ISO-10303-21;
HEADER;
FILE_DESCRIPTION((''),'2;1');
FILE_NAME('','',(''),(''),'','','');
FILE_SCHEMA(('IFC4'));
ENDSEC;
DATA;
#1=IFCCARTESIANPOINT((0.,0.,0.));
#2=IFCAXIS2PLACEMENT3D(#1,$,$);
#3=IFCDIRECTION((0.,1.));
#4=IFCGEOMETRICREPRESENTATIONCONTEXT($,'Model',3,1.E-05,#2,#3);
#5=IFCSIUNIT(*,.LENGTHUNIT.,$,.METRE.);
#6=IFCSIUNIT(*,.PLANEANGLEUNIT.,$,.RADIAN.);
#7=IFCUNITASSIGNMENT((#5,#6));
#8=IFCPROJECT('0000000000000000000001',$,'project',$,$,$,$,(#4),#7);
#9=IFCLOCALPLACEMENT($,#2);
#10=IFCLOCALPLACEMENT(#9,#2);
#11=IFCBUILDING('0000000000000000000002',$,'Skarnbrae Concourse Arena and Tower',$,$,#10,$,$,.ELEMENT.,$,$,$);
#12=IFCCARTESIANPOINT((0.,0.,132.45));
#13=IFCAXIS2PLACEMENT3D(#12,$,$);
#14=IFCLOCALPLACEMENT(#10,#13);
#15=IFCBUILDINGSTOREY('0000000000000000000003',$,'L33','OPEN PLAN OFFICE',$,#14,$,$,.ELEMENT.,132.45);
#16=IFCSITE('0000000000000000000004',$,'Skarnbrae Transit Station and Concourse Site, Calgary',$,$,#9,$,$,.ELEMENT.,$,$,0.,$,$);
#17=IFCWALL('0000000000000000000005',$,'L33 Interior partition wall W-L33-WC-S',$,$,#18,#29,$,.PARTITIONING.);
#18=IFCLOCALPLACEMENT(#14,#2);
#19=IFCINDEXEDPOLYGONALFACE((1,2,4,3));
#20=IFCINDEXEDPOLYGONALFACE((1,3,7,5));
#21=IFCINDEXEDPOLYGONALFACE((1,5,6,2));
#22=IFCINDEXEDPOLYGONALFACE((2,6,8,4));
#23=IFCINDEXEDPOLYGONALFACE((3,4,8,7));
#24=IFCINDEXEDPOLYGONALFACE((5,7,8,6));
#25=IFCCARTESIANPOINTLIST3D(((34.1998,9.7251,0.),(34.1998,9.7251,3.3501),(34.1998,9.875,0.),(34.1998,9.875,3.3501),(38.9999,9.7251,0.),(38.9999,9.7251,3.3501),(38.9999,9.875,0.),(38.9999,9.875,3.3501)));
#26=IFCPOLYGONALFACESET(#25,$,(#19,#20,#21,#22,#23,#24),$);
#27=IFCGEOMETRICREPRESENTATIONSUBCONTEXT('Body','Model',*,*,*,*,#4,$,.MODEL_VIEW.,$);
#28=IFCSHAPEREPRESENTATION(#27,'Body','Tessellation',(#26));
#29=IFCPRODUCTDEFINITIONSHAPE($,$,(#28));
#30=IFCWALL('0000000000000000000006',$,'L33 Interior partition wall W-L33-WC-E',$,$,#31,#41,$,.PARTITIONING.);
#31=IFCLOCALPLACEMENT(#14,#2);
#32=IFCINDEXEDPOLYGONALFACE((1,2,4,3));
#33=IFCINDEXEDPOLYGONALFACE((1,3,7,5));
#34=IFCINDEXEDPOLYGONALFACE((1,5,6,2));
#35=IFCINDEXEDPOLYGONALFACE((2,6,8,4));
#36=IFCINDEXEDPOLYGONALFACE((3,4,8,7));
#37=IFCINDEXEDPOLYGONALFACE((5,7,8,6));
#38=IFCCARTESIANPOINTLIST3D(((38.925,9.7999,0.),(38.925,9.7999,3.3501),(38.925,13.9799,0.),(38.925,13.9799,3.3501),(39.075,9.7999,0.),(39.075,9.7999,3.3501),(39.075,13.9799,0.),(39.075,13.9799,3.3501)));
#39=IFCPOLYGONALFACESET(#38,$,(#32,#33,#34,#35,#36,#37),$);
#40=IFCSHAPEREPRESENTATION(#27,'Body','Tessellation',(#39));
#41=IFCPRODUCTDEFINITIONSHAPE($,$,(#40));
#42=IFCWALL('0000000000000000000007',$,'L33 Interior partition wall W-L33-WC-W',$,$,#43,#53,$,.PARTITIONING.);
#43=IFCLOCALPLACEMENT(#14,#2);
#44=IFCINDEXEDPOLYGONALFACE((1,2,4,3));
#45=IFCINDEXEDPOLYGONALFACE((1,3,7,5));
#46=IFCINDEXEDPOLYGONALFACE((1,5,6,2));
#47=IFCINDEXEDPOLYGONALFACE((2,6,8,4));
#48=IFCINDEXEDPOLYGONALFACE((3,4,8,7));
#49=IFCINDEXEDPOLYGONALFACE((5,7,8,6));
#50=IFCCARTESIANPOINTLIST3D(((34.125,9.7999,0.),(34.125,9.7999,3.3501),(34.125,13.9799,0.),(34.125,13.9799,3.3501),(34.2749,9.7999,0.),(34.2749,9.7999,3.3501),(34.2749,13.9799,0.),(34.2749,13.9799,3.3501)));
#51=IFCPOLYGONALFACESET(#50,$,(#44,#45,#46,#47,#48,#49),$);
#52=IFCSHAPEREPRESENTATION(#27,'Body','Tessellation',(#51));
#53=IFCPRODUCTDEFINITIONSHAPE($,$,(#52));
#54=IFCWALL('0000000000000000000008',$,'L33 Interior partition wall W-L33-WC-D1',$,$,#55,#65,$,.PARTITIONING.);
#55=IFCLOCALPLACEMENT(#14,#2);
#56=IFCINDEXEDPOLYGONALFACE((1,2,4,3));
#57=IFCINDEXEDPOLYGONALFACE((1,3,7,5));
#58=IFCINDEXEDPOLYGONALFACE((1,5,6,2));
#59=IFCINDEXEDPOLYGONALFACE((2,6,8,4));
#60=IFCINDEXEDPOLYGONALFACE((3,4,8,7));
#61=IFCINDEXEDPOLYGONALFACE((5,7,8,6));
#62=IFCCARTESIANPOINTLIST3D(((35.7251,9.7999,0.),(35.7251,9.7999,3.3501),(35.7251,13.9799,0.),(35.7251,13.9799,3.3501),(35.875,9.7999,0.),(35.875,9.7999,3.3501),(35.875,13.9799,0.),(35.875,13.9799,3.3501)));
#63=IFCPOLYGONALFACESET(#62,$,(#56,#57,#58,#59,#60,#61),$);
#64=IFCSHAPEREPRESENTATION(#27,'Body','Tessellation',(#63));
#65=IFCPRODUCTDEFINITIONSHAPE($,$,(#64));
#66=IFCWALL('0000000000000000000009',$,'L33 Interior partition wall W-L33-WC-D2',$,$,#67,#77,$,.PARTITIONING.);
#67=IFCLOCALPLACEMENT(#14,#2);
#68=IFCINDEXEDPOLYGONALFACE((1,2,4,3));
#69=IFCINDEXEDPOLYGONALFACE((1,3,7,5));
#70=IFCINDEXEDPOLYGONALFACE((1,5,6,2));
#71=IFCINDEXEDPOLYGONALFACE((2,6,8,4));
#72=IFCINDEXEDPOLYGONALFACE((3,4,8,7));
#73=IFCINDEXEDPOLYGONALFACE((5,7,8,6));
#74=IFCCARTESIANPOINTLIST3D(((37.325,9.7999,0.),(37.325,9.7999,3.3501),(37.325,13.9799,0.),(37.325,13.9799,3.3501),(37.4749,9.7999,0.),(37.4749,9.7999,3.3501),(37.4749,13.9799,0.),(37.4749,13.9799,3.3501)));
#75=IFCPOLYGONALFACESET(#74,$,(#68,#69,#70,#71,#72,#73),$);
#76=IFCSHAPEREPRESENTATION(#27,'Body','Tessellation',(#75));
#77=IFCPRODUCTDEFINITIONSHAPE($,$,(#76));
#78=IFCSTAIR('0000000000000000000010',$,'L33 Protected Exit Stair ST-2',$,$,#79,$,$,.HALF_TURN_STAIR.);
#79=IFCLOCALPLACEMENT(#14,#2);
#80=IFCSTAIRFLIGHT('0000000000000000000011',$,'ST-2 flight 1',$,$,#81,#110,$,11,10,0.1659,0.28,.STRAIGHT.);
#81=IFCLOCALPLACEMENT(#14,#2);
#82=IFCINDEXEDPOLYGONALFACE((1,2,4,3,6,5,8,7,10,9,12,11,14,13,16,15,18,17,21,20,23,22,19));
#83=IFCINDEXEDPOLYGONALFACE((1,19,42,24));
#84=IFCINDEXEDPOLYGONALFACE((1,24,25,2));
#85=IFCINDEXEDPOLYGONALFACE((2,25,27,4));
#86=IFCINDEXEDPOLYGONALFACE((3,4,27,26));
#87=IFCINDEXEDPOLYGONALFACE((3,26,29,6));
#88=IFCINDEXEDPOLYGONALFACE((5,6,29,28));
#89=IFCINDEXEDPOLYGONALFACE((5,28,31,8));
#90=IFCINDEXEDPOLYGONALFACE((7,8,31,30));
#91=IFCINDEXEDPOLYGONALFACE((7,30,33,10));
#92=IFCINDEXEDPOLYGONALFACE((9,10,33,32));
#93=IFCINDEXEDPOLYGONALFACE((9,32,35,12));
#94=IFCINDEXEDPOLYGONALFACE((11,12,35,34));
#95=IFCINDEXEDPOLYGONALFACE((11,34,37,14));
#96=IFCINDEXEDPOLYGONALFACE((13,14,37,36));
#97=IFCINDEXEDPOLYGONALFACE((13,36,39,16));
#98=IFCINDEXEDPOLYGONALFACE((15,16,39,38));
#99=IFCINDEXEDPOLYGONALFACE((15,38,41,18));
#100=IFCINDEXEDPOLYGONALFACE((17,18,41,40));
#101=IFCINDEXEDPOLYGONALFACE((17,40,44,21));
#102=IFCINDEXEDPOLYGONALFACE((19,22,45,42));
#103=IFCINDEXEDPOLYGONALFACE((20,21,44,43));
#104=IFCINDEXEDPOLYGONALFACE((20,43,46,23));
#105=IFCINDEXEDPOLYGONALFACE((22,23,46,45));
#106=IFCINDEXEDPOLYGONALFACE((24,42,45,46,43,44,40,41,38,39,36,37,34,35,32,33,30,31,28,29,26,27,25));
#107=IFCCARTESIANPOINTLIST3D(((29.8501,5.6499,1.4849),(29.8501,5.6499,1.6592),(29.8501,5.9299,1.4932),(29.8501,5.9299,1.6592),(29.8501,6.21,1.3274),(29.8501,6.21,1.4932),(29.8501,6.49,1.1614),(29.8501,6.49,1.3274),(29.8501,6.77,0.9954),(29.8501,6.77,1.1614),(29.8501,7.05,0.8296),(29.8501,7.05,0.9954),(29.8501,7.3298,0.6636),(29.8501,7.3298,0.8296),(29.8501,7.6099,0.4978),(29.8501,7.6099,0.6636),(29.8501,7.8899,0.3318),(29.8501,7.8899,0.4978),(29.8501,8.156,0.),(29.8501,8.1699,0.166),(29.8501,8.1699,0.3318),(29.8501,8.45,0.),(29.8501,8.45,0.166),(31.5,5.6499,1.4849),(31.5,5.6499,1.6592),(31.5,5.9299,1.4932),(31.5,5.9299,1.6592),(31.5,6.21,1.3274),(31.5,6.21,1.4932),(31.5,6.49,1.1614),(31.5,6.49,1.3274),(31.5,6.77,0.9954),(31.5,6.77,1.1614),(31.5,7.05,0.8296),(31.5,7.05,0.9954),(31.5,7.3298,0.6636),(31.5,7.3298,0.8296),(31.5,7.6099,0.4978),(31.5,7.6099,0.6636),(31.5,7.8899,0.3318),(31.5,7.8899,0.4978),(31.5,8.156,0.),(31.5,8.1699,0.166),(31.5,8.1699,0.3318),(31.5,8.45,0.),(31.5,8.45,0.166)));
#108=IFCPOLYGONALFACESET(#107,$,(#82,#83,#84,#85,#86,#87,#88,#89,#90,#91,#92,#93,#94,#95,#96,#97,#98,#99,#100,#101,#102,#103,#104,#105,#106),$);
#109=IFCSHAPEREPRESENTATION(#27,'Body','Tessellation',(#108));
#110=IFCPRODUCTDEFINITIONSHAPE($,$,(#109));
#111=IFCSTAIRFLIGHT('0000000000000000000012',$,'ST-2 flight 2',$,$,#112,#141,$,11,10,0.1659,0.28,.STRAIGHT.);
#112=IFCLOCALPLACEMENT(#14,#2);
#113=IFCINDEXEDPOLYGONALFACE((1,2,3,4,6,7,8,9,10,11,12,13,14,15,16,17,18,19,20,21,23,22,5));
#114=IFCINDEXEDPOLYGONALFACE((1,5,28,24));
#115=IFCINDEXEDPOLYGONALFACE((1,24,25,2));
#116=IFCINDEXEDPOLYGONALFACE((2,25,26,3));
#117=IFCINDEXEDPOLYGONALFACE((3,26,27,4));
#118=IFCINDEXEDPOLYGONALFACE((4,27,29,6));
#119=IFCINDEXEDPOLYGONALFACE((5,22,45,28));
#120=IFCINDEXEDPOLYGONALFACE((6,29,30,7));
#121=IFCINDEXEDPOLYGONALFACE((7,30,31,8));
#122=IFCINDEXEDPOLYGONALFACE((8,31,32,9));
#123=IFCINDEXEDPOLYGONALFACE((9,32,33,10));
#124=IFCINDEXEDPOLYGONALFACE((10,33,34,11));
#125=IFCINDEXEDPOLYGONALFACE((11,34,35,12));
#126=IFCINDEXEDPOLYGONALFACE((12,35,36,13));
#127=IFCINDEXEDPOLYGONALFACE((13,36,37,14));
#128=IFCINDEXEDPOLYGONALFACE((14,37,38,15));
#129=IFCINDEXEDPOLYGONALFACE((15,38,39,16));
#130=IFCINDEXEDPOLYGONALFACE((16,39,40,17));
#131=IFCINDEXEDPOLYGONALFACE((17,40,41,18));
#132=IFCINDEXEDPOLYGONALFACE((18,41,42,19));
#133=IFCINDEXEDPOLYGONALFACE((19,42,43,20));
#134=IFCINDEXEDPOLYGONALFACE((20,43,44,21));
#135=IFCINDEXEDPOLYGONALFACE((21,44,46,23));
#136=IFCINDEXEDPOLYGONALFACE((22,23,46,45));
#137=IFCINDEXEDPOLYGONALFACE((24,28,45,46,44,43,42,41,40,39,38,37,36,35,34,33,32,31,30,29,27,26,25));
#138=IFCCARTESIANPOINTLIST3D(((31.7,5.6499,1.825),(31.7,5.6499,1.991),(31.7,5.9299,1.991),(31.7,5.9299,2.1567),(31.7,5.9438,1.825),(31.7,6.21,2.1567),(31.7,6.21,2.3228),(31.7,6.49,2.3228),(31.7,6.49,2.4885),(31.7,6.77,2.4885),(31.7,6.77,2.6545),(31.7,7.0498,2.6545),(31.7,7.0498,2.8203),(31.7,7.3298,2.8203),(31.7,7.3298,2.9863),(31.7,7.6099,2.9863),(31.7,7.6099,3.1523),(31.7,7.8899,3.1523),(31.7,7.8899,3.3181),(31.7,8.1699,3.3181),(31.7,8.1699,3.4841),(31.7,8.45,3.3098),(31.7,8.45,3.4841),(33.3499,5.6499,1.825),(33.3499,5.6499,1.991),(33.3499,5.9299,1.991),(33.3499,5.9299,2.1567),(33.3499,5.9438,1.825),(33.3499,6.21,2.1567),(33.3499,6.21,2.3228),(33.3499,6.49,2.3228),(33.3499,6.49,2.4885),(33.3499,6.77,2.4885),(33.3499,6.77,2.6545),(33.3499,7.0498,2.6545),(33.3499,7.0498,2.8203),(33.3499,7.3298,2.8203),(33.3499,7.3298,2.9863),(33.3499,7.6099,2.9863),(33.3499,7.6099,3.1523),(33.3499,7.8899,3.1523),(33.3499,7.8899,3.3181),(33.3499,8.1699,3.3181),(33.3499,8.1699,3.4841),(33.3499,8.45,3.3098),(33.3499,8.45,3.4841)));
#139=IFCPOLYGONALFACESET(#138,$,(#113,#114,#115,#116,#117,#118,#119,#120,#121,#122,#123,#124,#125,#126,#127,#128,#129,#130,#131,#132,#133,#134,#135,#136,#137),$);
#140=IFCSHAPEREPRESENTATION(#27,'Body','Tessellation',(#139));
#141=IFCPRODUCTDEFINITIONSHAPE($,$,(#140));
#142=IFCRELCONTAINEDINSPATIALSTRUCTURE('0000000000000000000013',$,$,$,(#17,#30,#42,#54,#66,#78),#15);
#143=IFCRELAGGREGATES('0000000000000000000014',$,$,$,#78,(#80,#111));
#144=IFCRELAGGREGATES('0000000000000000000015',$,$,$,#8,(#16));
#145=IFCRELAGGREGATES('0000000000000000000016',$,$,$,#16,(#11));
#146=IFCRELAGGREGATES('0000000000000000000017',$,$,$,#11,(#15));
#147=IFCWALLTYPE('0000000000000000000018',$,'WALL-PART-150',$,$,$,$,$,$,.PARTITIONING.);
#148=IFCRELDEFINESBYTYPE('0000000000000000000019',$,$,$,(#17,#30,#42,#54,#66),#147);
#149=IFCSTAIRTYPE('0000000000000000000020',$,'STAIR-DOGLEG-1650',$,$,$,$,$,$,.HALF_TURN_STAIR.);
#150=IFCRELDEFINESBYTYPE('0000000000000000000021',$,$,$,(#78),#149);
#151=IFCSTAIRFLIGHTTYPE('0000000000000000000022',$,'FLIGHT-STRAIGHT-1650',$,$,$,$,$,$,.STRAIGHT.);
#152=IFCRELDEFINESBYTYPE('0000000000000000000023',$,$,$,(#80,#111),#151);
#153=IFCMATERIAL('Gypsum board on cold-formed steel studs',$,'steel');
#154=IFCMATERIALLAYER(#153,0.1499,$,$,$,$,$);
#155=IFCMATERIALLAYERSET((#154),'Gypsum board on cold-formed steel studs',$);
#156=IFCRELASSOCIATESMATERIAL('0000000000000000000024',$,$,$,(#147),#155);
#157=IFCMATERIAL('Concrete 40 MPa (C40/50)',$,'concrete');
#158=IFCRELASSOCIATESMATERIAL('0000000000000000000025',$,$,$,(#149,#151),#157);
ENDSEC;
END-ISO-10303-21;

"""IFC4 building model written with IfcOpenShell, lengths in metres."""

from ifc_helpers import new_model, si_unit, direction, frame, frame_2d, origin, place, context, subcontext, project, spatial, polyline, rectangle, outline, extrude, source, transform, mapped, material, layer, layer_set, type_object, element, aggregate, save


model = new_model("IFC4")

# Units and contexts
model_context = context("Model", 3, precision=1e-05, world=origin(), true_north=direction((0.0, 1.0)))
body_context = subcontext(model_context, "Body", "Model", "MODEL_VIEW")
ifc_project = project(units=[si_unit("LENGTHUNIT", "METRE"), si_unit("PLANEANGLEUNIT", "RADIAN")], contexts=[model_context])

# Site, building, storey
site_placement = place(None, origin())
site = spatial("IfcSite", under=ifc_project, at=site_placement, Name="Skarnbrae Transit Station and Concourse Site, Calgary", CompositionType="ELEMENT", RefElevation=0.0)
building_placement = place(site_placement, origin())
building = spatial("IfcBuilding", under=site, at=building_placement, Name="Skarnbrae Concourse Arena and Tower", CompositionType="ELEMENT")
storey_placement = place(building_placement, frame((0.0, 0.0, 132.45)))
storey = spatial("IfcBuildingStorey", under=building, at=storey_placement, Name="L33", Description="OPEN PLAN OFFICE", CompositionType="ELEMENT", Elevation=132.45)

# Walls
ifc_material_1 = material(Name="Gypsum board on cold-formed steel studs", Category="steel")
ifc_layer_1 = layer(ifc_material_1, 0.1499)
ifc_layer_set_1 = layer_set([ifc_layer_1], Name="Gypsum board on cold-formed steel studs")
wall_type_1 = type_object("IfcWallType", Name="WALL-PART-150", PredefinedType="PARTITIONING", material=ifc_layer_set_1)
shared_shape_1 = source(origin(), body_context, "Body", "SweptSolid", [
    extrude(rectangle(XDim=4.8, YDim=0.1499, at=frame_2d((2.3999, 0.0))), origin(), (0.0, 0.0, 1.0), 3.3501),
])
wall_1_placement = place(storey_placement, frame((34.2, 9.8, 0.0), z_axis=(0.0, 0.0, 1.0), x_axis=(1.0, 0.0, 0.0)))
element("IfcWall", 1, at=wall_1_placement, inside=storey, type_object=wall_type_1, Name="L33 Interior partition wall W-L33-WC-S", PredefinedType="PARTITIONING", context=body_context, shape_type="MappedRepresentation", body=[
    mapped(shared_shape_1, transform((0.0, 0.0, 0.0))),
])
shared_shape_2 = source(origin(), body_context, "Body", "SweptSolid", [
    extrude(rectangle(XDim=4.1799, YDim=0.1499, at=frame_2d((2.0898, 0.0))), origin(), (0.0, 0.0, 1.0), 3.3501),
])
for number, where, z_axis, x_axis, name in (
    (2, (39.0, 9.8, 0.0), (0.0, 0.0, 1.0), (0.0, 1.0, 0.0), "L33 Interior partition wall W-L33-WC-E"),
    (3, (34.2, 9.8, 0.0), (0.0, 0.0, 1.0), (0.0, 1.0, 0.0), "L33 Interior partition wall W-L33-WC-W"),
    (4, (35.8, 9.8, 0.0), (0.0, 0.0, 1.0), (0.0, 1.0, 0.0), "L33 Interior partition wall W-L33-WC-D1"),
    (5, (37.3999, 9.8, 0.0), (0.0, 0.0, 1.0), (0.0, 1.0, 0.0), "L33 Interior partition wall W-L33-WC-D2"),
):
    element("IfcWall", number, at=place(storey_placement, frame(where, z_axis=z_axis, x_axis=x_axis)), inside=storey, type_object=wall_type_1, Name=name, PredefinedType="PARTITIONING", context=body_context, shape_type="MappedRepresentation", body=[
        mapped(shared_shape_2, transform((0.0, 0.0, 0.0))),
    ])

# Stair, stair flights
ifc_material_2 = material(Name="Concrete 40 MPa (C40/50)", Category="concrete")
stair_type = type_object("IfcStairType", Name="STAIR-DOGLEG-1650", PredefinedType="HALF_TURN_STAIR", material=ifc_material_2)
stair_placement = place(storey_placement, origin())
stair = element("IfcStair", 6, at=stair_placement, inside=storey, type_object=stair_type, Name="L33 Protected Exit Stair ST-2", PredefinedType="HALF_TURN_STAIR")
stair_flight_type = type_object("IfcStairFlightType", Name="FLIGHT-STRAIGHT-1650", PredefinedType="STRAIGHT", material=ifc_material_2)
shared_shape_3 = source(origin(), body_context, "Body", "SweptSolid", [
    extrude(outline(polyline([(0.0, 0.0), (0.0, 0.166), (0.28, 0.166), (0.28, 0.3318), (0.5601, 0.3318), (0.5601, 0.4978), (0.8401, 0.4978), (0.8401, 0.6636), (1.1201, 0.6636), (1.1201, 0.8296), (1.3999, 0.8296), (1.3999, 0.9954), (1.6799, 0.9954), (1.6799, 1.1614), (1.96, 1.1614), (1.96, 1.3274), (2.24, 1.3274), (2.24, 1.4932), (2.52, 1.4932), (2.52, 1.6592), (2.8, 1.6592), (2.8, 1.825), (2.8, 1.4849), (0.2939, 0.0), (0.0, 0.0)])), frame((0.0, 0.825, 0.0), z_axis=(0.0, -1.0, 0.0), x_axis=(1.0, 0.0, 0.0)), (0.0, 0.0, 1.0), 1.6499),
])
stair_flight_1_placement = place(storey_placement, frame((30.675, 8.45, 0.0), z_axis=(0.0, 0.0, 1.0), x_axis=(0.0, -1.0, 0.0)))
stair_flight_1 = element("IfcStairFlight", 7, at=stair_flight_1_placement, type_object=stair_flight_type, Name="ST-2 flight 1", NumberOfRisers=11, NumberOfTreads=10, PredefinedType="STRAIGHT", RiserHeight=0.1659, TreadLength=0.28, context=body_context, shape_type="MappedRepresentation", body=[
    mapped(shared_shape_3, transform((0.0, 0.0, 0.0))),
])
stair_flight_2_placement = place(storey_placement, frame((32.5249, 5.6499, 1.825), z_axis=(0.0, 0.0, 1.0), x_axis=(0.0, 1.0, 0.0)))
stair_flight_2 = element("IfcStairFlight", 8, at=stair_flight_2_placement, type_object=stair_flight_type, Name="ST-2 flight 2", NumberOfRisers=11, NumberOfTreads=10, PredefinedType="STRAIGHT", RiserHeight=0.1659, TreadLength=0.28, context=body_context, shape_type="MappedRepresentation", body=[
    mapped(shared_shape_3, transform((0.0, 0.0, 0.0))),
])
aggregate(stair, [stair_flight_1, stair_flight_2])

save(model, "model.ifc")
